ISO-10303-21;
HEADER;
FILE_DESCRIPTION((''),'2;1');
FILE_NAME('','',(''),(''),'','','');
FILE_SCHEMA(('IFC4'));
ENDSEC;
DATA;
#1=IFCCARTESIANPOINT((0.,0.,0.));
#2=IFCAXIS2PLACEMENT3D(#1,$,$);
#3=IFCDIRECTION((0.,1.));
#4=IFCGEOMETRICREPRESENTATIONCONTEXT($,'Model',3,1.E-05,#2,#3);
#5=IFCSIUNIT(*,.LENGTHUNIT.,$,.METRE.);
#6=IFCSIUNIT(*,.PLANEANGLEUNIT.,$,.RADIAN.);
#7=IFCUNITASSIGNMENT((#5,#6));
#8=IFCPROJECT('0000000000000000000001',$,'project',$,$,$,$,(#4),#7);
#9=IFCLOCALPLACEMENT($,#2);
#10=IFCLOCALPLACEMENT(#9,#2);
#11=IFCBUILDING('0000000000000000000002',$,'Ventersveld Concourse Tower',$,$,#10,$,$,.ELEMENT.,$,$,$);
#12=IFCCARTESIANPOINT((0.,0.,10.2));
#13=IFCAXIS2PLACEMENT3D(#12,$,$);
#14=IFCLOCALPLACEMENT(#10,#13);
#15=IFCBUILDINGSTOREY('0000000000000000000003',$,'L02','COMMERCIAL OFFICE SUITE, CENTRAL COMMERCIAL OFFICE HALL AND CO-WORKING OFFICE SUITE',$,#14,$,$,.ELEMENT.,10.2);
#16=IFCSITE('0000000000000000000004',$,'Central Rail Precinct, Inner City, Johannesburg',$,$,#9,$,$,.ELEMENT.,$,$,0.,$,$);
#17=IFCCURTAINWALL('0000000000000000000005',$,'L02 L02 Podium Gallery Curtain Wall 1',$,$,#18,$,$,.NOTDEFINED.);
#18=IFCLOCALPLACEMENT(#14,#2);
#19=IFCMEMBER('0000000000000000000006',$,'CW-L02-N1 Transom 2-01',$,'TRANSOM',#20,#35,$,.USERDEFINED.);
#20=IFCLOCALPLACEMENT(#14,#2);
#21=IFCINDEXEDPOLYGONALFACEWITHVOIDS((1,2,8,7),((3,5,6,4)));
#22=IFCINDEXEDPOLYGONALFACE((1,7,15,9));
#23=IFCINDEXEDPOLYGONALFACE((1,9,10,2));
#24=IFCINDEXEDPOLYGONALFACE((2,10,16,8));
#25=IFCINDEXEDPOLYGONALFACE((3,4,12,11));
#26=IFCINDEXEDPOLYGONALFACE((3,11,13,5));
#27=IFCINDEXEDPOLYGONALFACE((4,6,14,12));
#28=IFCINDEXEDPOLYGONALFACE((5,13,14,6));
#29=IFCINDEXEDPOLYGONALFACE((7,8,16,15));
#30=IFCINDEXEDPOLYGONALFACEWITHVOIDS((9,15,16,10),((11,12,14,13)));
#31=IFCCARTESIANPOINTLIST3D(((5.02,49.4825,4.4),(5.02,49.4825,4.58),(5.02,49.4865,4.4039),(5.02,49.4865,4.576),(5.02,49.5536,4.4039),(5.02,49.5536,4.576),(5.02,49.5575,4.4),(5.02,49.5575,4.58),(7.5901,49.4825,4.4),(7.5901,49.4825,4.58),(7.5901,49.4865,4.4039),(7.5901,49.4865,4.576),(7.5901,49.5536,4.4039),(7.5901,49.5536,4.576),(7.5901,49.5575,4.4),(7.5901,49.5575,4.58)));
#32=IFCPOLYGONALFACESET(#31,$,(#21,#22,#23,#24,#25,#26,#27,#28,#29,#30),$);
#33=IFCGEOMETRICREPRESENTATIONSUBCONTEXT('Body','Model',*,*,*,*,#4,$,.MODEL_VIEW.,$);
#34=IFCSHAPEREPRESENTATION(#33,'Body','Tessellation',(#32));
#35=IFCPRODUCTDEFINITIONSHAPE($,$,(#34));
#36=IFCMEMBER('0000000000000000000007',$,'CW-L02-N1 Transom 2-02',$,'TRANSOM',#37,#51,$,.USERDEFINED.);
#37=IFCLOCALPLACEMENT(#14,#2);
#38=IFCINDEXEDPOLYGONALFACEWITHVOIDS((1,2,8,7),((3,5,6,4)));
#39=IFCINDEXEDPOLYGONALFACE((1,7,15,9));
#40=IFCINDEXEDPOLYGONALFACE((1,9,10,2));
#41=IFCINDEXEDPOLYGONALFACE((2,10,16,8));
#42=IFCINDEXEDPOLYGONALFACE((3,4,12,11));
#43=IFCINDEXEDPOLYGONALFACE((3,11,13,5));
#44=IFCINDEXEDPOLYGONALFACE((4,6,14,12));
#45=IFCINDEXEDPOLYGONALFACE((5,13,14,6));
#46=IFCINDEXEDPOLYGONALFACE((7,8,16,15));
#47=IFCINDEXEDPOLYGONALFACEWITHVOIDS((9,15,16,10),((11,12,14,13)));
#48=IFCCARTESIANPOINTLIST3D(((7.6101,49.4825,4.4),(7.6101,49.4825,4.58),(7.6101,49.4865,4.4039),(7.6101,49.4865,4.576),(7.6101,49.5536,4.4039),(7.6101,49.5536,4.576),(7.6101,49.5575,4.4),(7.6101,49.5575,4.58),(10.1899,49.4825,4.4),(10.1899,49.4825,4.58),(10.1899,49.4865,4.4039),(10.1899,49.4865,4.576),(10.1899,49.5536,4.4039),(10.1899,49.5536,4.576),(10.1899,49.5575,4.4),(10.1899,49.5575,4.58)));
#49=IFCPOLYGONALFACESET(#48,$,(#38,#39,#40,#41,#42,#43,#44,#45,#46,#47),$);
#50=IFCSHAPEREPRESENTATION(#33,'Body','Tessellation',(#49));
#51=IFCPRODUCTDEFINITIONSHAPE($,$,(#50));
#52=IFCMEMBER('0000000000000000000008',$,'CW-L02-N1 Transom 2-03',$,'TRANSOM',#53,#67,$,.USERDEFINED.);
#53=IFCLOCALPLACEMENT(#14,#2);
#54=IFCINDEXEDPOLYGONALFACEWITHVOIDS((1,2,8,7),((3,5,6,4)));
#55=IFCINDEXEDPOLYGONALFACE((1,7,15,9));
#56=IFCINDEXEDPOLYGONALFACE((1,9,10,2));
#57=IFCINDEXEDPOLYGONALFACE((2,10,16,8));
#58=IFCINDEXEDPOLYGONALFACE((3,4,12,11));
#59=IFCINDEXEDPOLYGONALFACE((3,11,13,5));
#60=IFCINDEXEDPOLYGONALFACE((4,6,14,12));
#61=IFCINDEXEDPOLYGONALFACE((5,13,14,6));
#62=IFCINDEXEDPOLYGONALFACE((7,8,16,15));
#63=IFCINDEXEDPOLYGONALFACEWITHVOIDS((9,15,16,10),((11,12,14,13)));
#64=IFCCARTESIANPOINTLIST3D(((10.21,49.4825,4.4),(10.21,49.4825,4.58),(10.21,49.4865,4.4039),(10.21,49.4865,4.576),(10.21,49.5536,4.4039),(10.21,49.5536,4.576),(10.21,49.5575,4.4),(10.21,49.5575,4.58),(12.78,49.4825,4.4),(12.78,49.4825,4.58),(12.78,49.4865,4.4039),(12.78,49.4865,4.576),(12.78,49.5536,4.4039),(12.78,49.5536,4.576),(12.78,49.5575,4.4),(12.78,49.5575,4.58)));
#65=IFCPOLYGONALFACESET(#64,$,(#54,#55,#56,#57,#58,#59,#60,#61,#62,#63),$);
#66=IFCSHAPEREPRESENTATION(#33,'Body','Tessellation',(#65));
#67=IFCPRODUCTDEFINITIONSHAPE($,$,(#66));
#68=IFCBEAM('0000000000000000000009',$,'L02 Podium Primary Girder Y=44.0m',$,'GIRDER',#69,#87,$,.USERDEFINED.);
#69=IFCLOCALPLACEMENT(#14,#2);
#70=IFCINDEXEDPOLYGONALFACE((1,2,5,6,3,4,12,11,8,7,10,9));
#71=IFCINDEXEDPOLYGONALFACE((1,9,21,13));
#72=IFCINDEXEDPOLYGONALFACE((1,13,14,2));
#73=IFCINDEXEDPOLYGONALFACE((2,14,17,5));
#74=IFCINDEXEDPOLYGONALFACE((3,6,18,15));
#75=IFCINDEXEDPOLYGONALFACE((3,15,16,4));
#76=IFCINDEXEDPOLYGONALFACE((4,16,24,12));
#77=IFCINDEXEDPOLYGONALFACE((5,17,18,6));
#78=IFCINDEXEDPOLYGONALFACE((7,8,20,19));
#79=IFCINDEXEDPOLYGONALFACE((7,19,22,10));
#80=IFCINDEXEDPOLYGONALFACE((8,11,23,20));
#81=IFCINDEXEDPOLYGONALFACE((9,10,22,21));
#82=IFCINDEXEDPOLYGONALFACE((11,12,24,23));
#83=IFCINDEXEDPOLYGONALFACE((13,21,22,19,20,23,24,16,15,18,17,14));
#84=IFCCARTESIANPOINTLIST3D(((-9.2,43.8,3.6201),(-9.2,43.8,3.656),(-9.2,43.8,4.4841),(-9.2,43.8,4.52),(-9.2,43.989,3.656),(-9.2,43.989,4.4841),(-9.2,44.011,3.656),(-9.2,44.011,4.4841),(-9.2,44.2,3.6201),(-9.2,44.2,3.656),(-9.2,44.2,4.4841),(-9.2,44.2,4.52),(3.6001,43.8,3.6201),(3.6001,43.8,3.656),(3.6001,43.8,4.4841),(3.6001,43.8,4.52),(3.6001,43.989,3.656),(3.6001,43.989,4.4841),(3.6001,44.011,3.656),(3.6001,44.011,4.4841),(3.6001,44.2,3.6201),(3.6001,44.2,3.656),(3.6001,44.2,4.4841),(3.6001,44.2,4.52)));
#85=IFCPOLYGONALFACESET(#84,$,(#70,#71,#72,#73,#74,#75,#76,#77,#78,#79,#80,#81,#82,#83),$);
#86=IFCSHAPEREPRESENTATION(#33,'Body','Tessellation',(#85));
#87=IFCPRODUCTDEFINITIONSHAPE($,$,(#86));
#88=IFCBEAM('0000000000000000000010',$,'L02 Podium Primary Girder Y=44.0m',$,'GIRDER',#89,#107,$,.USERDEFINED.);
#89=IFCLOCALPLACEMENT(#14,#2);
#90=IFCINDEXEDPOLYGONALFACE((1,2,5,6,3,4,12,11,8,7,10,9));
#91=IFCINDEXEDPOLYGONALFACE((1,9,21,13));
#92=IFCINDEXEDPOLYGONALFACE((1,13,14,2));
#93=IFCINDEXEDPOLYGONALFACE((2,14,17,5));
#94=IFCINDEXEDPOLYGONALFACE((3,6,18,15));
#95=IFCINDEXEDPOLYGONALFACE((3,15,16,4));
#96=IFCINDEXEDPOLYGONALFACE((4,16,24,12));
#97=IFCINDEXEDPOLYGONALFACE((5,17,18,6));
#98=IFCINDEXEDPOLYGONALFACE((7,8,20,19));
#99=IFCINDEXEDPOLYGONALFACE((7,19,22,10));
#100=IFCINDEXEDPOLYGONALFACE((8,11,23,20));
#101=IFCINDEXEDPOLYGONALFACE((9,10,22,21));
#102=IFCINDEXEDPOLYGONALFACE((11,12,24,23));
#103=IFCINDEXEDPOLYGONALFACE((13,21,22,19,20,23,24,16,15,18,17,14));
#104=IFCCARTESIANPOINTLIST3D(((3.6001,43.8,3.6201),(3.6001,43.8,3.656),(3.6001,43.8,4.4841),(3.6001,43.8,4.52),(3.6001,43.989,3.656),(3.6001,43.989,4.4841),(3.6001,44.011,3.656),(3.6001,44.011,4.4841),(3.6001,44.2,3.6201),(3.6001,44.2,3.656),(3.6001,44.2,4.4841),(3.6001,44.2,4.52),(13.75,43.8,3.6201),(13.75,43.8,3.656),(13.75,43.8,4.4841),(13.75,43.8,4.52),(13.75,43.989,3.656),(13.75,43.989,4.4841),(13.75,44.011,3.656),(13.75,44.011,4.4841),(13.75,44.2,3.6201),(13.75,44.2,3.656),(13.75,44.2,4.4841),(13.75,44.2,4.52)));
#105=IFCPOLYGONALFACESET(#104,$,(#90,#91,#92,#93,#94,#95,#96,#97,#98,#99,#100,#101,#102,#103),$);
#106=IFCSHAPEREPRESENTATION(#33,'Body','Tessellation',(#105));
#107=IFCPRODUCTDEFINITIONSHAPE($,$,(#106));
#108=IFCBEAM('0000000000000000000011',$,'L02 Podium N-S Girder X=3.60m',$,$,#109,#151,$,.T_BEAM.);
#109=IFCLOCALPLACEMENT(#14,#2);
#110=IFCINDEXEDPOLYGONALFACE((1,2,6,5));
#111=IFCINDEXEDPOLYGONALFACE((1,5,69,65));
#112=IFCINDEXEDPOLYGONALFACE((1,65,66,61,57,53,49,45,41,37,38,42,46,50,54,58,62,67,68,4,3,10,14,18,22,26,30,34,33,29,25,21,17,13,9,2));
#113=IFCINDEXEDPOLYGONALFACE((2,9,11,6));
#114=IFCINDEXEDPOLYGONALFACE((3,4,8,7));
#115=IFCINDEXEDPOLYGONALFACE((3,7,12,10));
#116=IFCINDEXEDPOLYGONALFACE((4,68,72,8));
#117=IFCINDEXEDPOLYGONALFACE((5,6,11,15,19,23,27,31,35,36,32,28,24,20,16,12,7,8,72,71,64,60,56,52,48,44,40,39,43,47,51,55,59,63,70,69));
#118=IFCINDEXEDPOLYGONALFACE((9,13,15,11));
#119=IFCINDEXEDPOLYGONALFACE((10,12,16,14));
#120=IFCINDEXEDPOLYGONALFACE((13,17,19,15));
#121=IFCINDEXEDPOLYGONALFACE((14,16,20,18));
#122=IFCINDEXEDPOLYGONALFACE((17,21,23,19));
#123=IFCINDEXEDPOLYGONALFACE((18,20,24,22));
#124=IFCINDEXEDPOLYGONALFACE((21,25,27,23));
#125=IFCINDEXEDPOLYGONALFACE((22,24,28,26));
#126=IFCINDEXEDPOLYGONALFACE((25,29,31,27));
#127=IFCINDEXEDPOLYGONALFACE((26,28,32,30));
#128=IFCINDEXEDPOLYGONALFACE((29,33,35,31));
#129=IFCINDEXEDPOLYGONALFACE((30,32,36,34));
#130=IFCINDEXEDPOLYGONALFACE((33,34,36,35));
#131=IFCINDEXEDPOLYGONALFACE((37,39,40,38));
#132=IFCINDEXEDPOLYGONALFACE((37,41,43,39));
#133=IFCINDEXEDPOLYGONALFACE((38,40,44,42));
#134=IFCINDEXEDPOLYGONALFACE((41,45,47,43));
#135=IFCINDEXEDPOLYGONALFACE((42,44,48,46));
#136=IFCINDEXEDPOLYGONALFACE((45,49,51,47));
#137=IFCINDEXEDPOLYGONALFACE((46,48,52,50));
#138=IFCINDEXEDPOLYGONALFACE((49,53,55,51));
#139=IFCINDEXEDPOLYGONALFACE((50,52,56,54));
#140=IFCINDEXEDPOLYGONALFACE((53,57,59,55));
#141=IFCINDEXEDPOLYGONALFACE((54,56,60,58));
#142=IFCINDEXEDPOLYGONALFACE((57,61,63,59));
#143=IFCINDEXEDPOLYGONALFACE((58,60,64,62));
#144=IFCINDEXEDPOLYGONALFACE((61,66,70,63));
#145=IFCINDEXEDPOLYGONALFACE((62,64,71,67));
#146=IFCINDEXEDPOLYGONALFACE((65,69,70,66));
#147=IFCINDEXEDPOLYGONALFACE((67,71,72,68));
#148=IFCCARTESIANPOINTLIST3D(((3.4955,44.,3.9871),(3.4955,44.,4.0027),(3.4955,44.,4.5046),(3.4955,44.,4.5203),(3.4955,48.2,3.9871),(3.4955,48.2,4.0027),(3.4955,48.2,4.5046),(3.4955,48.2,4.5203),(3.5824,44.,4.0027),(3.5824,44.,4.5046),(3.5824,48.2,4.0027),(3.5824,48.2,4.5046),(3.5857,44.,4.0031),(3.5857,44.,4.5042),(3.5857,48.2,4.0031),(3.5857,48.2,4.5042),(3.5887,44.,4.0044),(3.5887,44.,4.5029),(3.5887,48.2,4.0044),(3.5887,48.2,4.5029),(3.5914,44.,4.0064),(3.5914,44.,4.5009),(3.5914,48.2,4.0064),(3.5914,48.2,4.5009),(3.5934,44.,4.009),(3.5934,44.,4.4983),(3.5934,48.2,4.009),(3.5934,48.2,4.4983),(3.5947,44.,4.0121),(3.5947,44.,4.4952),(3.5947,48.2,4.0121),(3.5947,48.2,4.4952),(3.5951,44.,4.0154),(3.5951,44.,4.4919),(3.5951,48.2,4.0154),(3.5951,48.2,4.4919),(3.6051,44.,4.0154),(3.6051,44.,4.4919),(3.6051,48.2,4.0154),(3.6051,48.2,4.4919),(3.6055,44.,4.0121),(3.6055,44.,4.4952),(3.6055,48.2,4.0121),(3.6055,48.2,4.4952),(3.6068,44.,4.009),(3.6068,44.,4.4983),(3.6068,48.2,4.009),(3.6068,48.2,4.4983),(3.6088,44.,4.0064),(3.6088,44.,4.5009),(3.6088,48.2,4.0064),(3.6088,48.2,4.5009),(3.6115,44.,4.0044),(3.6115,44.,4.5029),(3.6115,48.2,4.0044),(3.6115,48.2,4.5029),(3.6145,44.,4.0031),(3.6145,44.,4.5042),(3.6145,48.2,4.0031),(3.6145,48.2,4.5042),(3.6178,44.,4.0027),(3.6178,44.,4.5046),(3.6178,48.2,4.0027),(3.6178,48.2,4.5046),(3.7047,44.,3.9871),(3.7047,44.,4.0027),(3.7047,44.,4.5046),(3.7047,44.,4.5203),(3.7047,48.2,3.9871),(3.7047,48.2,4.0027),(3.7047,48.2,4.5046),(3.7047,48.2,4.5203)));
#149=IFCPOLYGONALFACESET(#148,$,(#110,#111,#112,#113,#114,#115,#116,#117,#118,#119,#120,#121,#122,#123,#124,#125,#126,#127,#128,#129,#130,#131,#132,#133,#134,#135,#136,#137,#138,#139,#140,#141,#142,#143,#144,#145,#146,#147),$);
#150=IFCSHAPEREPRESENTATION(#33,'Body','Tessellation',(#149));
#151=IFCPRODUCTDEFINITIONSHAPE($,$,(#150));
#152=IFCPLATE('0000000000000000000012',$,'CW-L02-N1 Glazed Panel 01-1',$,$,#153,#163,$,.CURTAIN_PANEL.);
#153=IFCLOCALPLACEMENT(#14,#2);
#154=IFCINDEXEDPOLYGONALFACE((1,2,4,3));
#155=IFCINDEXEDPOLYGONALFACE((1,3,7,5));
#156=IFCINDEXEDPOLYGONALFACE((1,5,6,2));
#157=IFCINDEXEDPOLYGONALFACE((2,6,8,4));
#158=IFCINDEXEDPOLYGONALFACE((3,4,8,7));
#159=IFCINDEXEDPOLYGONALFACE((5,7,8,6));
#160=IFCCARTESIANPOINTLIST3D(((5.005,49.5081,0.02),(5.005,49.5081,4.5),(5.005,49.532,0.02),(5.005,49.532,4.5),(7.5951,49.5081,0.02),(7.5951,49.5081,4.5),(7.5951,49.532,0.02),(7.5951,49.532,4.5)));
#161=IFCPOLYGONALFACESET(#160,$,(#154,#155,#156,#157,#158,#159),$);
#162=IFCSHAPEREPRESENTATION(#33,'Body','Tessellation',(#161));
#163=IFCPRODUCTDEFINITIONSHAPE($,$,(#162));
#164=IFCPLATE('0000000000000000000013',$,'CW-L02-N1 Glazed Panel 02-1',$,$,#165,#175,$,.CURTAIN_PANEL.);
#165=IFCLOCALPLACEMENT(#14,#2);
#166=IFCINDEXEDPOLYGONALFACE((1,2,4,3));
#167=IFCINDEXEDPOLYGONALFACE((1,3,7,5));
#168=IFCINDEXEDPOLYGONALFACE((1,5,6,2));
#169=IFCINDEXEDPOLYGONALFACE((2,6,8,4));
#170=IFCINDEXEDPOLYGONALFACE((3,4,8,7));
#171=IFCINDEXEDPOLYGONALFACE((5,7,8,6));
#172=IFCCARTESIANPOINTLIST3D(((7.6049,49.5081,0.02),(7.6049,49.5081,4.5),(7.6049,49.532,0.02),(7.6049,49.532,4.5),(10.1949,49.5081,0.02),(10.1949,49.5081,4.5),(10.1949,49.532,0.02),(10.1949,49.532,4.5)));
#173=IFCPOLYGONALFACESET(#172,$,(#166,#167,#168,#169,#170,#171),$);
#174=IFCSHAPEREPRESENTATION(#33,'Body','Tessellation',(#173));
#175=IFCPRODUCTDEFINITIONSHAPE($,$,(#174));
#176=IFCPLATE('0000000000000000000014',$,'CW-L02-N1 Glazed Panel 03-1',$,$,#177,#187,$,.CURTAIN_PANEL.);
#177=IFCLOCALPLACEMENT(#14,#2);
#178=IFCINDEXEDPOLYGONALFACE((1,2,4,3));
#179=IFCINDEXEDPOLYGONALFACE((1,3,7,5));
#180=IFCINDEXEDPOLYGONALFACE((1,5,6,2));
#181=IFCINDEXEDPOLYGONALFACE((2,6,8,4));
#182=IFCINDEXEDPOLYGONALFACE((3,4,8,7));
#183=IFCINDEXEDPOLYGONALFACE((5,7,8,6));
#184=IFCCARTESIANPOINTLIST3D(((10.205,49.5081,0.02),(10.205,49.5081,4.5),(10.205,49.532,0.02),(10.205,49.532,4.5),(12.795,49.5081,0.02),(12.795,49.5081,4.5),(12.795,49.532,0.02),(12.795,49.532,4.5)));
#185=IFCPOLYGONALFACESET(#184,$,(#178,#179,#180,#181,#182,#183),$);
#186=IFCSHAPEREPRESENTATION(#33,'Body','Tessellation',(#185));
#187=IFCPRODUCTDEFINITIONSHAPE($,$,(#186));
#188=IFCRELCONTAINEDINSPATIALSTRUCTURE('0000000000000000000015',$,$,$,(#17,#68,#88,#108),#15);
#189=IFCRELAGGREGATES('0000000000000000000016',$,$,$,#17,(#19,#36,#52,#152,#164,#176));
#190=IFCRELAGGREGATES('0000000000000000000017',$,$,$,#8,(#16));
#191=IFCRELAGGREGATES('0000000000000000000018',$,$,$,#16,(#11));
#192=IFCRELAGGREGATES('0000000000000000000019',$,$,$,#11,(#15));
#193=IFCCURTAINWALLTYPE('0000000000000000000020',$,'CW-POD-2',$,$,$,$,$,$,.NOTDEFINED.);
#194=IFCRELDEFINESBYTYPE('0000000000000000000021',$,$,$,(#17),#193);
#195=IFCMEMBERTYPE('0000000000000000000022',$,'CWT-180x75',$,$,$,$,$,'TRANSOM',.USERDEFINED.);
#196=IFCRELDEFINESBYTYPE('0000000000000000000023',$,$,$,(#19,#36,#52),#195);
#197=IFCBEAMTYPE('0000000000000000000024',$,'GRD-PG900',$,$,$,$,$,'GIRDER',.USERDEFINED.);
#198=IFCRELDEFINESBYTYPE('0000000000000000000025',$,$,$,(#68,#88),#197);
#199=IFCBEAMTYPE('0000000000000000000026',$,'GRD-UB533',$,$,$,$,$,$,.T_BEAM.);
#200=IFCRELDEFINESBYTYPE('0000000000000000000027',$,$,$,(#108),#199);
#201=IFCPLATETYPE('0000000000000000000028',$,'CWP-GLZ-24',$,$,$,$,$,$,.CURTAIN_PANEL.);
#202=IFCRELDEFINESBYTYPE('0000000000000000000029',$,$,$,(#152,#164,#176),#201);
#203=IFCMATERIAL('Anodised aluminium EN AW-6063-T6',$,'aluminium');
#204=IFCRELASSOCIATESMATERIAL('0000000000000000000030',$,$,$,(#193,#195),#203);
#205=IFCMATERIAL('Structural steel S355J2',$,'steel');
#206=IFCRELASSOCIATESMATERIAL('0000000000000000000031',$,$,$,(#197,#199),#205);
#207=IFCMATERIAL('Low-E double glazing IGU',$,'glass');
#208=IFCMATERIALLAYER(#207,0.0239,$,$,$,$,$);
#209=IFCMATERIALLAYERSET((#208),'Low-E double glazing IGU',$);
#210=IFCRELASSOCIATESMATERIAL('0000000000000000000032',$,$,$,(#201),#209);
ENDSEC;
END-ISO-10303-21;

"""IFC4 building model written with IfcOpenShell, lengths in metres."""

from ifc_helpers import new_model, si_unit, direction, frame, origin, origin_2d, place, context, subcontext, project, spatial, rectangle, hollow_rectangle, i_section, extrude, material, layer, layer_set, material_profile, profile_set, type_object, element, aggregate, save


model = new_model("IFC4")

# Units and contexts
model_context = context("Model", 3, precision=1e-05, world=origin(), true_north=direction((0.0, 1.0)))
body_context = subcontext(model_context, "Body", "Model", "MODEL_VIEW")
ifc_project = project(units=[si_unit("LENGTHUNIT", "METRE"), si_unit("PLANEANGLEUNIT", "RADIAN")], contexts=[model_context])

# Site, building, storey
site_placement = place(None, origin())
site = spatial("IfcSite", under=ifc_project, at=site_placement, Name="Central Rail Precinct, Inner City, Johannesburg", CompositionType="ELEMENT", RefElevation=0.0)
building_placement = place(site_placement, origin())
building = spatial("IfcBuilding", under=site, at=building_placement, Name="Ventersveld Concourse Tower", CompositionType="ELEMENT")
storey_placement = place(building_placement, frame((0.0, 0.0, 10.2)))
storey = spatial("IfcBuildingStorey", under=building, at=storey_placement, Name="L02", Description="COMMERCIAL OFFICE SUITE, CENTRAL COMMERCIAL OFFICE HALL AND CO-WORKING OFFICE SUITE", CompositionType="ELEMENT", Elevation=10.2)

# Curtain wall, members
ifc_material_1 = material(Name="Anodised aluminium EN AW-6063-T6", Category="aluminium")
curtain_wall_type = type_object("IfcCurtainWallType", Name="CW-POD-2", PredefinedType="NOTDEFINED", material=ifc_material_1)
curtain_wall_placement = place(storey_placement, origin())
curtain_wall = element("IfcCurtainWall", 1, at=curtain_wall_placement, inside=storey, type_object=curtain_wall_type, Name="L02 L02 Podium Gallery Curtain Wall 1", PredefinedType="NOTDEFINED")
ifc_material_profile_1 = material_profile(ifc_material_1, hollow_rectangle(XDim=0.075, YDim=0.1799, WallThickness=0.0039, at=origin_2d()), Name="ALU 180x75x4")
ifc_profile_set_1 = profile_set([ifc_material_profile_1], Name="Anodised aluminium EN AW-6063-T6")
member_type_1 = type_object("IfcMemberType", Name="CWT-180x75", ElementType="TRANSOM", PredefinedType="USERDEFINED", material=ifc_profile_set_1)
member_1_placement = place(storey_placement, frame((5.02, 49.52, 4.49), z_axis=(1.0, 0.0, 0.0), x_axis=(0.0, 1.0, 0.0)))
member_1 = element("IfcMember", 2, at=member_1_placement, type_object=member_type_1, Name="CW-L02-N1 Transom 2-01", ObjectType="TRANSOM", PredefinedType="USERDEFINED", context=body_context, shape_type="SweptSolid", body=[
    extrude(hollow_rectangle(XDim=0.075, YDim=0.1799, WallThickness=0.0039, at=origin_2d()), origin(), (0.0, 0.0, 1.0), 2.5701),
])
member_2_placement = place(storey_placement, frame((7.6101, 49.52, 4.49), z_axis=(1.0, 0.0, 0.0), x_axis=(0.0, 1.0, 0.0)))
member_2 = element("IfcMember", 3, at=member_2_placement, type_object=member_type_1, Name="CW-L02-N1 Transom 2-02", ObjectType="TRANSOM", PredefinedType="USERDEFINED", context=body_context, shape_type="SweptSolid", body=[
    extrude(hollow_rectangle(XDim=0.075, YDim=0.1799, WallThickness=0.0039, at=origin_2d()), origin(), (0.0, 0.0, 1.0), 2.5798),
])
member_3_placement = place(storey_placement, frame((10.21, 49.52, 4.49), z_axis=(1.0, 0.0, 0.0), x_axis=(0.0, 1.0, 0.0)))
member_3 = element("IfcMember", 4, at=member_3_placement, type_object=member_type_1, Name="CW-L02-N1 Transom 2-03", ObjectType="TRANSOM", PredefinedType="USERDEFINED", context=body_context, shape_type="SweptSolid", body=[
    extrude(hollow_rectangle(XDim=0.075, YDim=0.1799, WallThickness=0.0039, at=origin_2d()), origin(), (0.0, 0.0, 1.0), 2.5701),
])

# Beams
ifc_material_2 = material(Name="Structural steel S355J2", Category="steel")
ifc_material_profile_2 = material_profile(ifc_material_2, i_section(OverallWidth=0.3999, OverallDepth=0.8999, WebThickness=0.022, FlangeThickness=0.0359, at=origin_2d()), Name="PG 900x400x36")
ifc_profile_set_2 = profile_set([ifc_material_profile_2], Name="Structural steel S355J2")
beam_type_1 = type_object("IfcBeamType", Name="GRD-PG900", ElementType="GIRDER", PredefinedType="USERDEFINED", material=ifc_profile_set_2)
beam_1_placement = place(storey_placement, frame((-9.2, 44.0, 4.0701), z_axis=(1.0, 0.0, 0.0), x_axis=(0.0, 1.0, 0.0)))
element("IfcBeam", 5, at=beam_1_placement, inside=storey, type_object=beam_type_1, Name="L02 Podium Primary Girder Y=44.0m", ObjectType="GIRDER", PredefinedType="USERDEFINED", context=body_context, shape_type="SweptSolid", body=[
    extrude(i_section(OverallWidth=0.3999, OverallDepth=0.8999, WebThickness=0.022, FlangeThickness=0.0359, at=origin_2d()), origin(), (0.0, 0.0, 1.0), 12.8),
])
beam_2_placement = place(storey_placement, frame((3.6001, 44.0, 4.0701), z_axis=(1.0, 0.0, 0.0), x_axis=(0.0, 1.0, 0.0)))
element("IfcBeam", 6, at=beam_2_placement, inside=storey, type_object=beam_type_1, Name="L02 Podium Primary Girder Y=44.0m", ObjectType="GIRDER", PredefinedType="USERDEFINED", context=body_context, shape_type="SweptSolid", body=[
    extrude(i_section(OverallWidth=0.3999, OverallDepth=0.8999, WebThickness=0.022, FlangeThickness=0.0359, at=origin_2d()), origin(), (0.0, 0.0, 1.0), 10.1499),
])
ifc_material_profile_3 = material_profile(ifc_material_2, i_section(OverallWidth=0.2092, OverallDepth=0.5332, WebThickness=0.01, FlangeThickness=0.0156, FilletRadius=0.0127, at=origin_2d()), Name="UB 533x210x92")
ifc_profile_set_3 = profile_set([ifc_material_profile_3], Name="Structural steel S355J2")
beam_type_2 = type_object("IfcBeamType", Name="GRD-UB533", PredefinedType="T_BEAM", material=ifc_profile_set_3)
beam_3_placement = place(storey_placement, frame((3.6001, 44.0, 4.2537), z_axis=(0.0, 1.0, 0.0), x_axis=(-1.0, 0.0, 0.0)))
element("IfcBeam", 7, at=beam_3_placement, inside=storey, type_object=beam_type_2, Name="L02 Podium N-S Girder X=3.60m", PredefinedType="T_BEAM", context=body_context, shape_type="SweptSolid", body=[
    extrude(i_section(OverallWidth=0.2092, OverallDepth=0.5332, WebThickness=0.01, FlangeThickness=0.0156, FilletRadius=0.0127, at=origin_2d()), origin(), (0.0, 0.0, 1.0), 4.2),
])

# Plates
ifc_material_3 = material(Name="Low-E double glazing IGU", Category="glass")
ifc_layer_1 = layer(ifc_material_3, 0.0239)
ifc_layer_set_1 = layer_set([ifc_layer_1], Name="Low-E double glazing IGU")
plate_type = type_object("IfcPlateType", Name="CWP-GLZ-24", PredefinedType="CURTAIN_PANEL", material=ifc_layer_set_1)
plate_1_placement = place(storey_placement, frame((6.3, 49.52, 0.02), z_axis=(0.0, 0.0, 1.0), x_axis=(1.0, 0.0, 0.0)))
plate_1 = element("IfcPlate", 8, at=plate_1_placement, type_object=plate_type, Name="CW-L02-N1 Glazed Panel 01-1", PredefinedType="CURTAIN_PANEL", context=body_context, shape_type="SweptSolid", body=[
    extrude(rectangle(XDim=2.5901, YDim=0.0239, at=origin_2d()), origin(), (0.0, 0.0, 1.0), 4.48),
])
plate_2_placement = place(storey_placement, frame((8.8999, 49.52, 0.02), z_axis=(0.0, 0.0, 1.0), x_axis=(1.0, 0.0, 0.0)))
plate_2 = element("IfcPlate", 9, at=plate_2_placement, type_object=plate_type, Name="CW-L02-N1 Glazed Panel 02-1", PredefinedType="CURTAIN_PANEL", context=body_context, shape_type="SweptSolid", body=[
    extrude(rectangle(XDim=2.5901, YDim=0.0239, at=origin_2d()), origin(), (0.0, 0.0, 1.0), 4.48),
])
plate_3_placement = place(storey_placement, frame((11.5, 49.52, 0.02), z_axis=(0.0, 0.0, 1.0), x_axis=(1.0, 0.0, 0.0)))
plate_3 = element("IfcPlate", 10, at=plate_3_placement, type_object=plate_type, Name="CW-L02-N1 Glazed Panel 03-1", PredefinedType="CURTAIN_PANEL", context=body_context, shape_type="SweptSolid", body=[
    extrude(rectangle(XDim=2.5901, YDim=0.0239, at=origin_2d()), origin(), (0.0, 0.0, 1.0), 4.48),
])
aggregate(curtain_wall, [member_1, member_2, member_3, plate_1, plate_2, plate_3])

save(model, "model.ifc")
